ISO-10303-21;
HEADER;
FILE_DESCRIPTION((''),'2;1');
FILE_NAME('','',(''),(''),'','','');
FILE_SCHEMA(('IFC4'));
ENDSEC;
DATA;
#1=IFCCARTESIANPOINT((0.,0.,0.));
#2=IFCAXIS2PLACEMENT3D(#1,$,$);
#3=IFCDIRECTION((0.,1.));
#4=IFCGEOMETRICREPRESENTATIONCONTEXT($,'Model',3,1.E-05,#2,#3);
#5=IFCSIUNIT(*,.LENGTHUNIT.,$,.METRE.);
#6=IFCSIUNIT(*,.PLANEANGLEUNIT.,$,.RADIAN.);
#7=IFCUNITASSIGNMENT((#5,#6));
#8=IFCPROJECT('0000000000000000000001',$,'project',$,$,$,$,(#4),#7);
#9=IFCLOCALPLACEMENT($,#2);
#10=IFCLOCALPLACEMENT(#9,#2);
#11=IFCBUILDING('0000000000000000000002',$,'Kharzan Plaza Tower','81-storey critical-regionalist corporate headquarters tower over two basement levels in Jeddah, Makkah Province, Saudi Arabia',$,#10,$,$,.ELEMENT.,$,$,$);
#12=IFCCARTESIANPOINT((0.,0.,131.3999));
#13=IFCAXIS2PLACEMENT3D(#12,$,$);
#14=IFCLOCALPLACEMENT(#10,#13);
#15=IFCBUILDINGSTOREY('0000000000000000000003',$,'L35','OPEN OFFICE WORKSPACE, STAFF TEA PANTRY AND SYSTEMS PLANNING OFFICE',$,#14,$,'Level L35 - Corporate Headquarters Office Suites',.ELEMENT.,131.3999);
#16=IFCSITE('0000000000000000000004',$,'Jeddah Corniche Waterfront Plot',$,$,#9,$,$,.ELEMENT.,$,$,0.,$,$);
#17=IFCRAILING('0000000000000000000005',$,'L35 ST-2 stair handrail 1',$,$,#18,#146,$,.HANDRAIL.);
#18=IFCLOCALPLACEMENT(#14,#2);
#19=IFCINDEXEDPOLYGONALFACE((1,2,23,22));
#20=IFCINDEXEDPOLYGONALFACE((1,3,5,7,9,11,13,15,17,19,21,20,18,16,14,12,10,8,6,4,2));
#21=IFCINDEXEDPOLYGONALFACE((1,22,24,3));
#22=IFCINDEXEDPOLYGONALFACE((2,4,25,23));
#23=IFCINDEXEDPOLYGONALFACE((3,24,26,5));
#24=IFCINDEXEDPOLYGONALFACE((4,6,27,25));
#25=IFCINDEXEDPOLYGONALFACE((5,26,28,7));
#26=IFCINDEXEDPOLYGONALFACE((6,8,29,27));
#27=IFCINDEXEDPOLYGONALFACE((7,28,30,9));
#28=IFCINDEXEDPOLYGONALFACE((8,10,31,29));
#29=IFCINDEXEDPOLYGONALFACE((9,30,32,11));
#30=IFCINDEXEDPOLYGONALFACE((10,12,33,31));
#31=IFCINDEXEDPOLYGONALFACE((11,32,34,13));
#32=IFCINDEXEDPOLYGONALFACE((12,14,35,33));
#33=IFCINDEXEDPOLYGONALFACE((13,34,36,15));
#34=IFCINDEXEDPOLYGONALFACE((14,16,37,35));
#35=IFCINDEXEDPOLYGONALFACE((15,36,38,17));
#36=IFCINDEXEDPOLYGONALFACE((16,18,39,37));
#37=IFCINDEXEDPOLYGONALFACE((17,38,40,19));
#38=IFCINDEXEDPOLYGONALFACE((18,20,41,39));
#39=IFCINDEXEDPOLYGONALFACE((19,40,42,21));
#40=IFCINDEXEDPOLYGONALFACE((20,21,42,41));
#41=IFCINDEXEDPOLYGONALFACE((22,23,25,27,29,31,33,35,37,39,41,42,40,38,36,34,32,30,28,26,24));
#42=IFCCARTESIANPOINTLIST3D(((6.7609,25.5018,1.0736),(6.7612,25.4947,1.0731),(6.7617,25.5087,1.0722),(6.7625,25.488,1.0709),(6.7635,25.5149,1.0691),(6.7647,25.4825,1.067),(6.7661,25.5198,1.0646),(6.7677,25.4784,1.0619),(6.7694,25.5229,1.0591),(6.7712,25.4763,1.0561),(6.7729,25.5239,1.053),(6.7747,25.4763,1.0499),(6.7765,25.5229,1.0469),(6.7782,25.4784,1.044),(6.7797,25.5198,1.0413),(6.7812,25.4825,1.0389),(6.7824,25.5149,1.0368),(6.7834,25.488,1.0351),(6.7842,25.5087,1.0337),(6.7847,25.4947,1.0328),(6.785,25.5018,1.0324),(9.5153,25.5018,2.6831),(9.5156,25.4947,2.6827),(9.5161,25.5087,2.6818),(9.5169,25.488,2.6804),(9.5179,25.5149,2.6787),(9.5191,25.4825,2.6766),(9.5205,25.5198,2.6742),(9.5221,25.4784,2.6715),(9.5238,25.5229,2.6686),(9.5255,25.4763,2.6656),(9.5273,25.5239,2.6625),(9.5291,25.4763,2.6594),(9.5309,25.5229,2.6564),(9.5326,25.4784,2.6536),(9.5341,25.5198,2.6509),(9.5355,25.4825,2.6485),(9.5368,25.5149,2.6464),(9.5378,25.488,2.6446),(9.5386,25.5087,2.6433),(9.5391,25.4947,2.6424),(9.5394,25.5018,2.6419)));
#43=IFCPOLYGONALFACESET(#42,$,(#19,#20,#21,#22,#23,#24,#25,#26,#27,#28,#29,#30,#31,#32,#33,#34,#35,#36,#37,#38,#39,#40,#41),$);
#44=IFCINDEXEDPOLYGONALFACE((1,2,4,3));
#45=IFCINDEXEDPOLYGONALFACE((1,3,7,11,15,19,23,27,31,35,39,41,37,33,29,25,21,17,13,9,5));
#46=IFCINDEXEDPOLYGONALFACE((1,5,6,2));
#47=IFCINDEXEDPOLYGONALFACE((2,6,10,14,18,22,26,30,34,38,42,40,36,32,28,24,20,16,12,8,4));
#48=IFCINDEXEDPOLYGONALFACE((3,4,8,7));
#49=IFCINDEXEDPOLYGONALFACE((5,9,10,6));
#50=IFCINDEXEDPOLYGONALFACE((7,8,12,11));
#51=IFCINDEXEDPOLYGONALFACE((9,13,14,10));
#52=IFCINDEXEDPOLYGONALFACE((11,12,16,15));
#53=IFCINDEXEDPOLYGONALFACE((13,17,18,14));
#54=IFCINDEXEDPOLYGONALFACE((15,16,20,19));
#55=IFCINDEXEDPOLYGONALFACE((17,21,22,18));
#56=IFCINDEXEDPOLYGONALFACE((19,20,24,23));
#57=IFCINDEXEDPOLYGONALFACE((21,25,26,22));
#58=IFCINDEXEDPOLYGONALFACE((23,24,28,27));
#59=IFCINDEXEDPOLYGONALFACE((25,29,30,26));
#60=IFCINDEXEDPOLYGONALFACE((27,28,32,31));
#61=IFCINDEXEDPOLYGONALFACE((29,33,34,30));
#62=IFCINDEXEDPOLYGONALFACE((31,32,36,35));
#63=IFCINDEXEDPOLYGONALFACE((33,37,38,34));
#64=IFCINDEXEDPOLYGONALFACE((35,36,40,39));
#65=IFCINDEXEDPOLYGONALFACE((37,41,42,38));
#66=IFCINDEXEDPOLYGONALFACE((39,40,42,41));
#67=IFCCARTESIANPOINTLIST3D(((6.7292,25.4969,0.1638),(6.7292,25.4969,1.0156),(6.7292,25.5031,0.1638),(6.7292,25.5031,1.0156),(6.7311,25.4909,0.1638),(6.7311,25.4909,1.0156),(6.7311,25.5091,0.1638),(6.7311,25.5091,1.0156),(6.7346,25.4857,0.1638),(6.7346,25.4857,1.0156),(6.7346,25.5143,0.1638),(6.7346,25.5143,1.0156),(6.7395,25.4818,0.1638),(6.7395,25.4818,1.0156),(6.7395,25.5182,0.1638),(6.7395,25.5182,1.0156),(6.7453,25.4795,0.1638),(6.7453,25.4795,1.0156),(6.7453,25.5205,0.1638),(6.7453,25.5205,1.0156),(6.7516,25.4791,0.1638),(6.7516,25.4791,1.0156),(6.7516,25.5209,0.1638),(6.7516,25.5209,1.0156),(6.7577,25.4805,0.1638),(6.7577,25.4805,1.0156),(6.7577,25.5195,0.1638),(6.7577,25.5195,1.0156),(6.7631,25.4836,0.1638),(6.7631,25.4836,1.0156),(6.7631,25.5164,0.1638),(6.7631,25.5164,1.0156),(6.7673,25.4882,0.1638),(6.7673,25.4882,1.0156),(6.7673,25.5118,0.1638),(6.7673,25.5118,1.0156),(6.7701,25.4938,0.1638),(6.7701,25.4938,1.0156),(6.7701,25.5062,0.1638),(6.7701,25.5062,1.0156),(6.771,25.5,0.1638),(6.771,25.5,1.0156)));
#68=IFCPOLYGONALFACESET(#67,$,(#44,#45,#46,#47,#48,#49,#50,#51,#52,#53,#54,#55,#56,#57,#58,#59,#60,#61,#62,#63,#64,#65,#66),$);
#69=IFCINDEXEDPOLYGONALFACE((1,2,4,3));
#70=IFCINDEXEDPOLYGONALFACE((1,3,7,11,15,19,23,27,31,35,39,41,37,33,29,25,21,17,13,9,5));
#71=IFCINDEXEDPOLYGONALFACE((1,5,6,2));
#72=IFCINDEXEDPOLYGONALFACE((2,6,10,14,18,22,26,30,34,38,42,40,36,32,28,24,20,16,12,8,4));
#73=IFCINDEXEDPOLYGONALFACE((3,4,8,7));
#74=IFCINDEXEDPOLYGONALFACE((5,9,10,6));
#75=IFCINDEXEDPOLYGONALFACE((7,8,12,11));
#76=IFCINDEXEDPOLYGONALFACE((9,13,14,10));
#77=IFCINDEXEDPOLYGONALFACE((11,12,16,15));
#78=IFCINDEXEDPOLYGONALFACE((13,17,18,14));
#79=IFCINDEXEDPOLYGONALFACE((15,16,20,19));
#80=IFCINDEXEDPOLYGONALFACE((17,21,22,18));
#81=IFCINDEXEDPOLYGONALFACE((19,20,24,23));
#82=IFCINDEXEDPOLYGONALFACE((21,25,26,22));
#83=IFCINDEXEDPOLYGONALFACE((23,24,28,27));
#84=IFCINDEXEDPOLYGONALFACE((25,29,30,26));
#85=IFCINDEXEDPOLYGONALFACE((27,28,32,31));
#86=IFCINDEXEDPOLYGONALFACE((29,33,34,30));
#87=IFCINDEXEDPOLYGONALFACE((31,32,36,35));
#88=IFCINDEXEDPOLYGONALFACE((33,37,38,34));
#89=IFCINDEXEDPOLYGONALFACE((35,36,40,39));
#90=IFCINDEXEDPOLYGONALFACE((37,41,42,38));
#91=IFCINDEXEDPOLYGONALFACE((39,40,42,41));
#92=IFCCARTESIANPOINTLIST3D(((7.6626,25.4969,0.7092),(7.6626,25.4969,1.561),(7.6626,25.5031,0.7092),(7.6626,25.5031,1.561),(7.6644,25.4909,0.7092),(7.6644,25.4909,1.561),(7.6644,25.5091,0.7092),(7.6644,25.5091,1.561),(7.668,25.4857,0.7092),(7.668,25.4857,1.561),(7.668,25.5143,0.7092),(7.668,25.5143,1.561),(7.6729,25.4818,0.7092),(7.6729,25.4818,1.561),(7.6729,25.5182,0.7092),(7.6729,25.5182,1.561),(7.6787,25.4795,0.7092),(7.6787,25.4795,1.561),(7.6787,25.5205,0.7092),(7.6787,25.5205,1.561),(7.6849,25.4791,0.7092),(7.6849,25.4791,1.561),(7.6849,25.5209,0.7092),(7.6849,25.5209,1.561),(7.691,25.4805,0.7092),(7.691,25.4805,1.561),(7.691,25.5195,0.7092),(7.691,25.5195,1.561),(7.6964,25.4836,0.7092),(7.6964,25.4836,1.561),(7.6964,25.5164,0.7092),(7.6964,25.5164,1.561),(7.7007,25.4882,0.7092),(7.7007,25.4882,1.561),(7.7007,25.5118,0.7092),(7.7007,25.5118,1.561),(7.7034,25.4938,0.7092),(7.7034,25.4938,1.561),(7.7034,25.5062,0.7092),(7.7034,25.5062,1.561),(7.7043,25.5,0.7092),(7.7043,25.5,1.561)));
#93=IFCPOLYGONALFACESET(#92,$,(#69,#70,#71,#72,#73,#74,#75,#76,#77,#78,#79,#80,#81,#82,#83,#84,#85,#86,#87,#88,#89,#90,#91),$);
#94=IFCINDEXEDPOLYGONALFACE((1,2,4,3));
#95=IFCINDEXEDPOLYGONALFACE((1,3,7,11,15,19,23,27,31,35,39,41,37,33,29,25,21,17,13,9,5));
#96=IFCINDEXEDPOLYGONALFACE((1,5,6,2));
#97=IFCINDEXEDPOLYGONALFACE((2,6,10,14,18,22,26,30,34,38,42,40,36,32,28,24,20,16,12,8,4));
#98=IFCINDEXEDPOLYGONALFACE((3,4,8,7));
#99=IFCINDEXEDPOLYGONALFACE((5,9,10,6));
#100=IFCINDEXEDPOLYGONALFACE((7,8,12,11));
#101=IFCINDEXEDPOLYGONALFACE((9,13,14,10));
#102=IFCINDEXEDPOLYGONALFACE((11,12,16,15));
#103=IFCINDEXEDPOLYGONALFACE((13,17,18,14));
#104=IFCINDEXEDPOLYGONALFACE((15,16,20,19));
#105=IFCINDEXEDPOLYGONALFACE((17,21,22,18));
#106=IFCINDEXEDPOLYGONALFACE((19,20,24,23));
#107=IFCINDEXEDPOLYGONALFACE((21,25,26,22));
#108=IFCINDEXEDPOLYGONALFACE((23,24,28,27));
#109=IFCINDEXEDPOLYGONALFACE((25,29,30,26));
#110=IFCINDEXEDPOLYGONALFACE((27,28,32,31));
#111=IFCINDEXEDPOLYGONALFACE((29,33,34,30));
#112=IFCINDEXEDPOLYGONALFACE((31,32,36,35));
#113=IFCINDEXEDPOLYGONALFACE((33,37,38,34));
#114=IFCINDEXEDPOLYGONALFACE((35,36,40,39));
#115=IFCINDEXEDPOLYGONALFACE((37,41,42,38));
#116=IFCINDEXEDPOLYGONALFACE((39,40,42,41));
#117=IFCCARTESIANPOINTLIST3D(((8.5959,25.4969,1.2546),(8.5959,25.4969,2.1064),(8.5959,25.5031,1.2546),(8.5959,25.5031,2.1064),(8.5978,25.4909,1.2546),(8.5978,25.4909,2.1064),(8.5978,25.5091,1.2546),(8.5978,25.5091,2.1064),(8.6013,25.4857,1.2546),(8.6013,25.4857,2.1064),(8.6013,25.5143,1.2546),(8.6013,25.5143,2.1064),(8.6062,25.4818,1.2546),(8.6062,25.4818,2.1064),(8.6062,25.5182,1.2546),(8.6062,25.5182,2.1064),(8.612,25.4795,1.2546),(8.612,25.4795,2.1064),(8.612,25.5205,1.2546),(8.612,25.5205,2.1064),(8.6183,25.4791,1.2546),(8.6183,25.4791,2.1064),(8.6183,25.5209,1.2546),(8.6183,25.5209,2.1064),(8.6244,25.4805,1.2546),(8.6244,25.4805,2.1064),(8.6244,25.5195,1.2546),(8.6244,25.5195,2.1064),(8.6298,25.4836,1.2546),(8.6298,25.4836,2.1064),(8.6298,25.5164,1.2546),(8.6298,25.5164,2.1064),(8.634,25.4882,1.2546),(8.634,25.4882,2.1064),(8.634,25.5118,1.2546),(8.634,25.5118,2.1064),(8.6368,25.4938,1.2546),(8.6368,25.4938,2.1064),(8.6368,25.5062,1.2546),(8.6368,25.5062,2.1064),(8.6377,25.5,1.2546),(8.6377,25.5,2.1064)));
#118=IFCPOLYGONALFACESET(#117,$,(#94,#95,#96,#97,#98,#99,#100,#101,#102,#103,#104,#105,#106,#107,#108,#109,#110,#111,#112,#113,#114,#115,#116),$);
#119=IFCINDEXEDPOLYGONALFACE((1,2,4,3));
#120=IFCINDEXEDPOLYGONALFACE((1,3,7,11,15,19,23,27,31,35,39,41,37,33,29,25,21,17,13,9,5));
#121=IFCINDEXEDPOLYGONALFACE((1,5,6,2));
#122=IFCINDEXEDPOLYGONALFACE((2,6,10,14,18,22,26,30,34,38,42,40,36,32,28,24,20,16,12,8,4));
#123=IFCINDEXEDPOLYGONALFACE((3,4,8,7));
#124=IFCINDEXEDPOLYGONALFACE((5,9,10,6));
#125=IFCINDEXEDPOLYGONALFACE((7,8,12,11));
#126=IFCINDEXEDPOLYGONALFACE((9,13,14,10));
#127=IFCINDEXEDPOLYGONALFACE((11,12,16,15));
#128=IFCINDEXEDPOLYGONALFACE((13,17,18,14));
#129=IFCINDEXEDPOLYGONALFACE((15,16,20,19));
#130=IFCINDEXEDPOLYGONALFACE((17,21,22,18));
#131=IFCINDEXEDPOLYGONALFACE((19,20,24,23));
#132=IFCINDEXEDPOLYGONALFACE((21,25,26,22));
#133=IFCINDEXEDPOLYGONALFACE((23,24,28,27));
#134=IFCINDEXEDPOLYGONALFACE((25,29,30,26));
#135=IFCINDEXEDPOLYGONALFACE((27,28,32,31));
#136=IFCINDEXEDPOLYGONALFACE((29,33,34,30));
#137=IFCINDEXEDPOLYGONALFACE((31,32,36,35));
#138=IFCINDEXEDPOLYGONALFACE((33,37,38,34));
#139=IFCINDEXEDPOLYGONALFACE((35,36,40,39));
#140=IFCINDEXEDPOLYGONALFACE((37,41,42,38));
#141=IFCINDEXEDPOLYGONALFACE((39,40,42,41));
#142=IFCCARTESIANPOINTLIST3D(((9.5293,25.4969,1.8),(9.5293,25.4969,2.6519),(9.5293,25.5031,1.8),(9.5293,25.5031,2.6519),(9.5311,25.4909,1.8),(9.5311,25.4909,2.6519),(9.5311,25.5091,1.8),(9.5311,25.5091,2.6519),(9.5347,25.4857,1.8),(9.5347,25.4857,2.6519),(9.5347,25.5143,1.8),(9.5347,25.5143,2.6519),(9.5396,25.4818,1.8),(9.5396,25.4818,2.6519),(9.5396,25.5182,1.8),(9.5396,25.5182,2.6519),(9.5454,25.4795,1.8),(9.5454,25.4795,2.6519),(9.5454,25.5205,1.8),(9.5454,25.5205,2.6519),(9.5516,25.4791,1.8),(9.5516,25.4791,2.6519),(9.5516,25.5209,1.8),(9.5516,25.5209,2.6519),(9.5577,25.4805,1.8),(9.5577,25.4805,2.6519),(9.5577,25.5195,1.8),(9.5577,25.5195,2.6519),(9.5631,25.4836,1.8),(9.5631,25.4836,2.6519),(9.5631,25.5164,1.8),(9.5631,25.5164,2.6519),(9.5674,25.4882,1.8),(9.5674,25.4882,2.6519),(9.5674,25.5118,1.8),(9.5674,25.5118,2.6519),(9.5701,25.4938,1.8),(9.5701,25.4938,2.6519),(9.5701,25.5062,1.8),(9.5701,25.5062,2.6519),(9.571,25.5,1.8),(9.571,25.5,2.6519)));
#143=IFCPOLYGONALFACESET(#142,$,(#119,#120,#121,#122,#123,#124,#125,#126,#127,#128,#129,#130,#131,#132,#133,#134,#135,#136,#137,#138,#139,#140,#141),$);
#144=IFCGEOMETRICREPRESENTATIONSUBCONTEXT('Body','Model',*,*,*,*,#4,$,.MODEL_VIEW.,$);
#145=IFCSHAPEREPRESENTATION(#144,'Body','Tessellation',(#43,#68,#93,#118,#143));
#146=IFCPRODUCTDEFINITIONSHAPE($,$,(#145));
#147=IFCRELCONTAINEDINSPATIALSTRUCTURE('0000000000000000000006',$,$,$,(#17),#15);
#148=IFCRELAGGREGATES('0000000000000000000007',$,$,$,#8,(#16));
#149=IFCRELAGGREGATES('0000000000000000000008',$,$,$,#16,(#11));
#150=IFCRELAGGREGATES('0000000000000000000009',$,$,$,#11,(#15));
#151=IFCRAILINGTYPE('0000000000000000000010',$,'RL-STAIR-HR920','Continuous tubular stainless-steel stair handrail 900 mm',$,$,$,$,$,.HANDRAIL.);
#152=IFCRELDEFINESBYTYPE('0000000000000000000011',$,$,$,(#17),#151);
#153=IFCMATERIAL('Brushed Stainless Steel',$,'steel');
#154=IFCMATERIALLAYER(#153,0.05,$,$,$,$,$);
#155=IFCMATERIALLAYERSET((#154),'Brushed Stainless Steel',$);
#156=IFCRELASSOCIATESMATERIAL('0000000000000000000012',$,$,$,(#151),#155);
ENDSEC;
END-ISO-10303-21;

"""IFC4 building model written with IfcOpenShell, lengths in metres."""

from ifc_helpers import new_model, si_unit, direction, frame, origin, origin_2d, place, context, subcontext, project, spatial, circle, extrude, source, transform, mapped, material, layer, layer_set, type_object, element, save


model = new_model("IFC4")

# Units and contexts
model_context = context("Model", 3, precision=1e-05, world=origin(), true_north=direction((0.0, 1.0)))
body_context = subcontext(model_context, "Body", "Model", "MODEL_VIEW")
ifc_project = project(units=[si_unit("LENGTHUNIT", "METRE"), si_unit("PLANEANGLEUNIT", "RADIAN")], contexts=[model_context])

# Site, building, storey
site_placement = place(None, origin())
site = spatial("IfcSite", under=ifc_project, at=site_placement, Name="Jeddah Corniche Waterfront Plot", CompositionType="ELEMENT", RefElevation=0.0)
building_placement = place(site_placement, origin())
building = spatial("IfcBuilding", under=site, at=building_placement, Name="Kharzan Plaza Tower", Description="81-storey critical-regionalist corporate headquarters tower over two basement levels in Jeddah, Makkah Province, Saudi Arabia", CompositionType="ELEMENT")
storey_placement = place(building_placement, frame((0.0, 0.0, 131.3999)))
storey = spatial("IfcBuildingStorey", under=building, at=storey_placement, Name="L35", Description="OPEN OFFICE WORKSPACE, STAFF TEA PANTRY AND SYSTEMS PLANNING OFFICE", LongName="Level L35 - Corporate Headquarters Office Suites", CompositionType="ELEMENT", Elevation=131.3999)

# Railing
ifc_material_1 = material(Name="Brushed Stainless Steel", Category="steel")
ifc_layer_1 = layer(ifc_material_1, 0.05)
ifc_layer_set_1 = layer_set([ifc_layer_1], Name="Brushed Stainless Steel")
railing_type_1 = type_object("IfcRailingType", Name="RL-STAIR-HR920", Description="Continuous tubular stainless-steel stair handrail 900 mm", PredefinedType="HANDRAIL", material=ifc_layer_set_1)
shared_shape_1 = source(origin(), body_context, "Body", "SweptSolid", [
    extrude(circle(Radius=0.0239, at=origin_2d()), frame((0.0229, 0.0, 0.8892), z_axis=(0.863394, 0.0, 0.504531), x_axis=(0.0, 1.0, 0.0)), (0.0, 0.0, 1.0), 3.1902),
    extrude(circle(Radius=0.021, at=origin_2d()), origin(), (0.0, 0.0, 1.0), 0.8518),
    extrude(circle(Radius=0.021, at=origin_2d()), frame((0.9333, 0.0, 0.5454)), (0.0, 0.0, 1.0), 0.8518),
    extrude(circle(Radius=0.021, at=origin_2d()), frame((1.8667, 0.0, 1.0908)), (0.0, 0.0, 1.0), 0.8518),
    extrude(circle(Radius=0.021, at=origin_2d()), frame((2.8, 0.0, 1.6362)), (0.0, 0.0, 1.0), 0.8518),
])
railing_1_placement = place(storey_placement, frame((6.75, 25.5, 0.1638)))
element("IfcRailing", 1, at=railing_1_placement, inside=storey, type_object=railing_type_1, Name="L35 ST-2 stair handrail 1", PredefinedType="HANDRAIL", context=body_context, shape_type="MappedRepresentation", body=[
    mapped(shared_shape_1, transform((0.0, 0.0, 0.0), x_axis=(1.0, 0.0, 0.0), y_axis=(0.0, 1.0, 0.0), z_axis=(0.0, 0.0, 1.0))),
])

save(model, "model.ifc")
